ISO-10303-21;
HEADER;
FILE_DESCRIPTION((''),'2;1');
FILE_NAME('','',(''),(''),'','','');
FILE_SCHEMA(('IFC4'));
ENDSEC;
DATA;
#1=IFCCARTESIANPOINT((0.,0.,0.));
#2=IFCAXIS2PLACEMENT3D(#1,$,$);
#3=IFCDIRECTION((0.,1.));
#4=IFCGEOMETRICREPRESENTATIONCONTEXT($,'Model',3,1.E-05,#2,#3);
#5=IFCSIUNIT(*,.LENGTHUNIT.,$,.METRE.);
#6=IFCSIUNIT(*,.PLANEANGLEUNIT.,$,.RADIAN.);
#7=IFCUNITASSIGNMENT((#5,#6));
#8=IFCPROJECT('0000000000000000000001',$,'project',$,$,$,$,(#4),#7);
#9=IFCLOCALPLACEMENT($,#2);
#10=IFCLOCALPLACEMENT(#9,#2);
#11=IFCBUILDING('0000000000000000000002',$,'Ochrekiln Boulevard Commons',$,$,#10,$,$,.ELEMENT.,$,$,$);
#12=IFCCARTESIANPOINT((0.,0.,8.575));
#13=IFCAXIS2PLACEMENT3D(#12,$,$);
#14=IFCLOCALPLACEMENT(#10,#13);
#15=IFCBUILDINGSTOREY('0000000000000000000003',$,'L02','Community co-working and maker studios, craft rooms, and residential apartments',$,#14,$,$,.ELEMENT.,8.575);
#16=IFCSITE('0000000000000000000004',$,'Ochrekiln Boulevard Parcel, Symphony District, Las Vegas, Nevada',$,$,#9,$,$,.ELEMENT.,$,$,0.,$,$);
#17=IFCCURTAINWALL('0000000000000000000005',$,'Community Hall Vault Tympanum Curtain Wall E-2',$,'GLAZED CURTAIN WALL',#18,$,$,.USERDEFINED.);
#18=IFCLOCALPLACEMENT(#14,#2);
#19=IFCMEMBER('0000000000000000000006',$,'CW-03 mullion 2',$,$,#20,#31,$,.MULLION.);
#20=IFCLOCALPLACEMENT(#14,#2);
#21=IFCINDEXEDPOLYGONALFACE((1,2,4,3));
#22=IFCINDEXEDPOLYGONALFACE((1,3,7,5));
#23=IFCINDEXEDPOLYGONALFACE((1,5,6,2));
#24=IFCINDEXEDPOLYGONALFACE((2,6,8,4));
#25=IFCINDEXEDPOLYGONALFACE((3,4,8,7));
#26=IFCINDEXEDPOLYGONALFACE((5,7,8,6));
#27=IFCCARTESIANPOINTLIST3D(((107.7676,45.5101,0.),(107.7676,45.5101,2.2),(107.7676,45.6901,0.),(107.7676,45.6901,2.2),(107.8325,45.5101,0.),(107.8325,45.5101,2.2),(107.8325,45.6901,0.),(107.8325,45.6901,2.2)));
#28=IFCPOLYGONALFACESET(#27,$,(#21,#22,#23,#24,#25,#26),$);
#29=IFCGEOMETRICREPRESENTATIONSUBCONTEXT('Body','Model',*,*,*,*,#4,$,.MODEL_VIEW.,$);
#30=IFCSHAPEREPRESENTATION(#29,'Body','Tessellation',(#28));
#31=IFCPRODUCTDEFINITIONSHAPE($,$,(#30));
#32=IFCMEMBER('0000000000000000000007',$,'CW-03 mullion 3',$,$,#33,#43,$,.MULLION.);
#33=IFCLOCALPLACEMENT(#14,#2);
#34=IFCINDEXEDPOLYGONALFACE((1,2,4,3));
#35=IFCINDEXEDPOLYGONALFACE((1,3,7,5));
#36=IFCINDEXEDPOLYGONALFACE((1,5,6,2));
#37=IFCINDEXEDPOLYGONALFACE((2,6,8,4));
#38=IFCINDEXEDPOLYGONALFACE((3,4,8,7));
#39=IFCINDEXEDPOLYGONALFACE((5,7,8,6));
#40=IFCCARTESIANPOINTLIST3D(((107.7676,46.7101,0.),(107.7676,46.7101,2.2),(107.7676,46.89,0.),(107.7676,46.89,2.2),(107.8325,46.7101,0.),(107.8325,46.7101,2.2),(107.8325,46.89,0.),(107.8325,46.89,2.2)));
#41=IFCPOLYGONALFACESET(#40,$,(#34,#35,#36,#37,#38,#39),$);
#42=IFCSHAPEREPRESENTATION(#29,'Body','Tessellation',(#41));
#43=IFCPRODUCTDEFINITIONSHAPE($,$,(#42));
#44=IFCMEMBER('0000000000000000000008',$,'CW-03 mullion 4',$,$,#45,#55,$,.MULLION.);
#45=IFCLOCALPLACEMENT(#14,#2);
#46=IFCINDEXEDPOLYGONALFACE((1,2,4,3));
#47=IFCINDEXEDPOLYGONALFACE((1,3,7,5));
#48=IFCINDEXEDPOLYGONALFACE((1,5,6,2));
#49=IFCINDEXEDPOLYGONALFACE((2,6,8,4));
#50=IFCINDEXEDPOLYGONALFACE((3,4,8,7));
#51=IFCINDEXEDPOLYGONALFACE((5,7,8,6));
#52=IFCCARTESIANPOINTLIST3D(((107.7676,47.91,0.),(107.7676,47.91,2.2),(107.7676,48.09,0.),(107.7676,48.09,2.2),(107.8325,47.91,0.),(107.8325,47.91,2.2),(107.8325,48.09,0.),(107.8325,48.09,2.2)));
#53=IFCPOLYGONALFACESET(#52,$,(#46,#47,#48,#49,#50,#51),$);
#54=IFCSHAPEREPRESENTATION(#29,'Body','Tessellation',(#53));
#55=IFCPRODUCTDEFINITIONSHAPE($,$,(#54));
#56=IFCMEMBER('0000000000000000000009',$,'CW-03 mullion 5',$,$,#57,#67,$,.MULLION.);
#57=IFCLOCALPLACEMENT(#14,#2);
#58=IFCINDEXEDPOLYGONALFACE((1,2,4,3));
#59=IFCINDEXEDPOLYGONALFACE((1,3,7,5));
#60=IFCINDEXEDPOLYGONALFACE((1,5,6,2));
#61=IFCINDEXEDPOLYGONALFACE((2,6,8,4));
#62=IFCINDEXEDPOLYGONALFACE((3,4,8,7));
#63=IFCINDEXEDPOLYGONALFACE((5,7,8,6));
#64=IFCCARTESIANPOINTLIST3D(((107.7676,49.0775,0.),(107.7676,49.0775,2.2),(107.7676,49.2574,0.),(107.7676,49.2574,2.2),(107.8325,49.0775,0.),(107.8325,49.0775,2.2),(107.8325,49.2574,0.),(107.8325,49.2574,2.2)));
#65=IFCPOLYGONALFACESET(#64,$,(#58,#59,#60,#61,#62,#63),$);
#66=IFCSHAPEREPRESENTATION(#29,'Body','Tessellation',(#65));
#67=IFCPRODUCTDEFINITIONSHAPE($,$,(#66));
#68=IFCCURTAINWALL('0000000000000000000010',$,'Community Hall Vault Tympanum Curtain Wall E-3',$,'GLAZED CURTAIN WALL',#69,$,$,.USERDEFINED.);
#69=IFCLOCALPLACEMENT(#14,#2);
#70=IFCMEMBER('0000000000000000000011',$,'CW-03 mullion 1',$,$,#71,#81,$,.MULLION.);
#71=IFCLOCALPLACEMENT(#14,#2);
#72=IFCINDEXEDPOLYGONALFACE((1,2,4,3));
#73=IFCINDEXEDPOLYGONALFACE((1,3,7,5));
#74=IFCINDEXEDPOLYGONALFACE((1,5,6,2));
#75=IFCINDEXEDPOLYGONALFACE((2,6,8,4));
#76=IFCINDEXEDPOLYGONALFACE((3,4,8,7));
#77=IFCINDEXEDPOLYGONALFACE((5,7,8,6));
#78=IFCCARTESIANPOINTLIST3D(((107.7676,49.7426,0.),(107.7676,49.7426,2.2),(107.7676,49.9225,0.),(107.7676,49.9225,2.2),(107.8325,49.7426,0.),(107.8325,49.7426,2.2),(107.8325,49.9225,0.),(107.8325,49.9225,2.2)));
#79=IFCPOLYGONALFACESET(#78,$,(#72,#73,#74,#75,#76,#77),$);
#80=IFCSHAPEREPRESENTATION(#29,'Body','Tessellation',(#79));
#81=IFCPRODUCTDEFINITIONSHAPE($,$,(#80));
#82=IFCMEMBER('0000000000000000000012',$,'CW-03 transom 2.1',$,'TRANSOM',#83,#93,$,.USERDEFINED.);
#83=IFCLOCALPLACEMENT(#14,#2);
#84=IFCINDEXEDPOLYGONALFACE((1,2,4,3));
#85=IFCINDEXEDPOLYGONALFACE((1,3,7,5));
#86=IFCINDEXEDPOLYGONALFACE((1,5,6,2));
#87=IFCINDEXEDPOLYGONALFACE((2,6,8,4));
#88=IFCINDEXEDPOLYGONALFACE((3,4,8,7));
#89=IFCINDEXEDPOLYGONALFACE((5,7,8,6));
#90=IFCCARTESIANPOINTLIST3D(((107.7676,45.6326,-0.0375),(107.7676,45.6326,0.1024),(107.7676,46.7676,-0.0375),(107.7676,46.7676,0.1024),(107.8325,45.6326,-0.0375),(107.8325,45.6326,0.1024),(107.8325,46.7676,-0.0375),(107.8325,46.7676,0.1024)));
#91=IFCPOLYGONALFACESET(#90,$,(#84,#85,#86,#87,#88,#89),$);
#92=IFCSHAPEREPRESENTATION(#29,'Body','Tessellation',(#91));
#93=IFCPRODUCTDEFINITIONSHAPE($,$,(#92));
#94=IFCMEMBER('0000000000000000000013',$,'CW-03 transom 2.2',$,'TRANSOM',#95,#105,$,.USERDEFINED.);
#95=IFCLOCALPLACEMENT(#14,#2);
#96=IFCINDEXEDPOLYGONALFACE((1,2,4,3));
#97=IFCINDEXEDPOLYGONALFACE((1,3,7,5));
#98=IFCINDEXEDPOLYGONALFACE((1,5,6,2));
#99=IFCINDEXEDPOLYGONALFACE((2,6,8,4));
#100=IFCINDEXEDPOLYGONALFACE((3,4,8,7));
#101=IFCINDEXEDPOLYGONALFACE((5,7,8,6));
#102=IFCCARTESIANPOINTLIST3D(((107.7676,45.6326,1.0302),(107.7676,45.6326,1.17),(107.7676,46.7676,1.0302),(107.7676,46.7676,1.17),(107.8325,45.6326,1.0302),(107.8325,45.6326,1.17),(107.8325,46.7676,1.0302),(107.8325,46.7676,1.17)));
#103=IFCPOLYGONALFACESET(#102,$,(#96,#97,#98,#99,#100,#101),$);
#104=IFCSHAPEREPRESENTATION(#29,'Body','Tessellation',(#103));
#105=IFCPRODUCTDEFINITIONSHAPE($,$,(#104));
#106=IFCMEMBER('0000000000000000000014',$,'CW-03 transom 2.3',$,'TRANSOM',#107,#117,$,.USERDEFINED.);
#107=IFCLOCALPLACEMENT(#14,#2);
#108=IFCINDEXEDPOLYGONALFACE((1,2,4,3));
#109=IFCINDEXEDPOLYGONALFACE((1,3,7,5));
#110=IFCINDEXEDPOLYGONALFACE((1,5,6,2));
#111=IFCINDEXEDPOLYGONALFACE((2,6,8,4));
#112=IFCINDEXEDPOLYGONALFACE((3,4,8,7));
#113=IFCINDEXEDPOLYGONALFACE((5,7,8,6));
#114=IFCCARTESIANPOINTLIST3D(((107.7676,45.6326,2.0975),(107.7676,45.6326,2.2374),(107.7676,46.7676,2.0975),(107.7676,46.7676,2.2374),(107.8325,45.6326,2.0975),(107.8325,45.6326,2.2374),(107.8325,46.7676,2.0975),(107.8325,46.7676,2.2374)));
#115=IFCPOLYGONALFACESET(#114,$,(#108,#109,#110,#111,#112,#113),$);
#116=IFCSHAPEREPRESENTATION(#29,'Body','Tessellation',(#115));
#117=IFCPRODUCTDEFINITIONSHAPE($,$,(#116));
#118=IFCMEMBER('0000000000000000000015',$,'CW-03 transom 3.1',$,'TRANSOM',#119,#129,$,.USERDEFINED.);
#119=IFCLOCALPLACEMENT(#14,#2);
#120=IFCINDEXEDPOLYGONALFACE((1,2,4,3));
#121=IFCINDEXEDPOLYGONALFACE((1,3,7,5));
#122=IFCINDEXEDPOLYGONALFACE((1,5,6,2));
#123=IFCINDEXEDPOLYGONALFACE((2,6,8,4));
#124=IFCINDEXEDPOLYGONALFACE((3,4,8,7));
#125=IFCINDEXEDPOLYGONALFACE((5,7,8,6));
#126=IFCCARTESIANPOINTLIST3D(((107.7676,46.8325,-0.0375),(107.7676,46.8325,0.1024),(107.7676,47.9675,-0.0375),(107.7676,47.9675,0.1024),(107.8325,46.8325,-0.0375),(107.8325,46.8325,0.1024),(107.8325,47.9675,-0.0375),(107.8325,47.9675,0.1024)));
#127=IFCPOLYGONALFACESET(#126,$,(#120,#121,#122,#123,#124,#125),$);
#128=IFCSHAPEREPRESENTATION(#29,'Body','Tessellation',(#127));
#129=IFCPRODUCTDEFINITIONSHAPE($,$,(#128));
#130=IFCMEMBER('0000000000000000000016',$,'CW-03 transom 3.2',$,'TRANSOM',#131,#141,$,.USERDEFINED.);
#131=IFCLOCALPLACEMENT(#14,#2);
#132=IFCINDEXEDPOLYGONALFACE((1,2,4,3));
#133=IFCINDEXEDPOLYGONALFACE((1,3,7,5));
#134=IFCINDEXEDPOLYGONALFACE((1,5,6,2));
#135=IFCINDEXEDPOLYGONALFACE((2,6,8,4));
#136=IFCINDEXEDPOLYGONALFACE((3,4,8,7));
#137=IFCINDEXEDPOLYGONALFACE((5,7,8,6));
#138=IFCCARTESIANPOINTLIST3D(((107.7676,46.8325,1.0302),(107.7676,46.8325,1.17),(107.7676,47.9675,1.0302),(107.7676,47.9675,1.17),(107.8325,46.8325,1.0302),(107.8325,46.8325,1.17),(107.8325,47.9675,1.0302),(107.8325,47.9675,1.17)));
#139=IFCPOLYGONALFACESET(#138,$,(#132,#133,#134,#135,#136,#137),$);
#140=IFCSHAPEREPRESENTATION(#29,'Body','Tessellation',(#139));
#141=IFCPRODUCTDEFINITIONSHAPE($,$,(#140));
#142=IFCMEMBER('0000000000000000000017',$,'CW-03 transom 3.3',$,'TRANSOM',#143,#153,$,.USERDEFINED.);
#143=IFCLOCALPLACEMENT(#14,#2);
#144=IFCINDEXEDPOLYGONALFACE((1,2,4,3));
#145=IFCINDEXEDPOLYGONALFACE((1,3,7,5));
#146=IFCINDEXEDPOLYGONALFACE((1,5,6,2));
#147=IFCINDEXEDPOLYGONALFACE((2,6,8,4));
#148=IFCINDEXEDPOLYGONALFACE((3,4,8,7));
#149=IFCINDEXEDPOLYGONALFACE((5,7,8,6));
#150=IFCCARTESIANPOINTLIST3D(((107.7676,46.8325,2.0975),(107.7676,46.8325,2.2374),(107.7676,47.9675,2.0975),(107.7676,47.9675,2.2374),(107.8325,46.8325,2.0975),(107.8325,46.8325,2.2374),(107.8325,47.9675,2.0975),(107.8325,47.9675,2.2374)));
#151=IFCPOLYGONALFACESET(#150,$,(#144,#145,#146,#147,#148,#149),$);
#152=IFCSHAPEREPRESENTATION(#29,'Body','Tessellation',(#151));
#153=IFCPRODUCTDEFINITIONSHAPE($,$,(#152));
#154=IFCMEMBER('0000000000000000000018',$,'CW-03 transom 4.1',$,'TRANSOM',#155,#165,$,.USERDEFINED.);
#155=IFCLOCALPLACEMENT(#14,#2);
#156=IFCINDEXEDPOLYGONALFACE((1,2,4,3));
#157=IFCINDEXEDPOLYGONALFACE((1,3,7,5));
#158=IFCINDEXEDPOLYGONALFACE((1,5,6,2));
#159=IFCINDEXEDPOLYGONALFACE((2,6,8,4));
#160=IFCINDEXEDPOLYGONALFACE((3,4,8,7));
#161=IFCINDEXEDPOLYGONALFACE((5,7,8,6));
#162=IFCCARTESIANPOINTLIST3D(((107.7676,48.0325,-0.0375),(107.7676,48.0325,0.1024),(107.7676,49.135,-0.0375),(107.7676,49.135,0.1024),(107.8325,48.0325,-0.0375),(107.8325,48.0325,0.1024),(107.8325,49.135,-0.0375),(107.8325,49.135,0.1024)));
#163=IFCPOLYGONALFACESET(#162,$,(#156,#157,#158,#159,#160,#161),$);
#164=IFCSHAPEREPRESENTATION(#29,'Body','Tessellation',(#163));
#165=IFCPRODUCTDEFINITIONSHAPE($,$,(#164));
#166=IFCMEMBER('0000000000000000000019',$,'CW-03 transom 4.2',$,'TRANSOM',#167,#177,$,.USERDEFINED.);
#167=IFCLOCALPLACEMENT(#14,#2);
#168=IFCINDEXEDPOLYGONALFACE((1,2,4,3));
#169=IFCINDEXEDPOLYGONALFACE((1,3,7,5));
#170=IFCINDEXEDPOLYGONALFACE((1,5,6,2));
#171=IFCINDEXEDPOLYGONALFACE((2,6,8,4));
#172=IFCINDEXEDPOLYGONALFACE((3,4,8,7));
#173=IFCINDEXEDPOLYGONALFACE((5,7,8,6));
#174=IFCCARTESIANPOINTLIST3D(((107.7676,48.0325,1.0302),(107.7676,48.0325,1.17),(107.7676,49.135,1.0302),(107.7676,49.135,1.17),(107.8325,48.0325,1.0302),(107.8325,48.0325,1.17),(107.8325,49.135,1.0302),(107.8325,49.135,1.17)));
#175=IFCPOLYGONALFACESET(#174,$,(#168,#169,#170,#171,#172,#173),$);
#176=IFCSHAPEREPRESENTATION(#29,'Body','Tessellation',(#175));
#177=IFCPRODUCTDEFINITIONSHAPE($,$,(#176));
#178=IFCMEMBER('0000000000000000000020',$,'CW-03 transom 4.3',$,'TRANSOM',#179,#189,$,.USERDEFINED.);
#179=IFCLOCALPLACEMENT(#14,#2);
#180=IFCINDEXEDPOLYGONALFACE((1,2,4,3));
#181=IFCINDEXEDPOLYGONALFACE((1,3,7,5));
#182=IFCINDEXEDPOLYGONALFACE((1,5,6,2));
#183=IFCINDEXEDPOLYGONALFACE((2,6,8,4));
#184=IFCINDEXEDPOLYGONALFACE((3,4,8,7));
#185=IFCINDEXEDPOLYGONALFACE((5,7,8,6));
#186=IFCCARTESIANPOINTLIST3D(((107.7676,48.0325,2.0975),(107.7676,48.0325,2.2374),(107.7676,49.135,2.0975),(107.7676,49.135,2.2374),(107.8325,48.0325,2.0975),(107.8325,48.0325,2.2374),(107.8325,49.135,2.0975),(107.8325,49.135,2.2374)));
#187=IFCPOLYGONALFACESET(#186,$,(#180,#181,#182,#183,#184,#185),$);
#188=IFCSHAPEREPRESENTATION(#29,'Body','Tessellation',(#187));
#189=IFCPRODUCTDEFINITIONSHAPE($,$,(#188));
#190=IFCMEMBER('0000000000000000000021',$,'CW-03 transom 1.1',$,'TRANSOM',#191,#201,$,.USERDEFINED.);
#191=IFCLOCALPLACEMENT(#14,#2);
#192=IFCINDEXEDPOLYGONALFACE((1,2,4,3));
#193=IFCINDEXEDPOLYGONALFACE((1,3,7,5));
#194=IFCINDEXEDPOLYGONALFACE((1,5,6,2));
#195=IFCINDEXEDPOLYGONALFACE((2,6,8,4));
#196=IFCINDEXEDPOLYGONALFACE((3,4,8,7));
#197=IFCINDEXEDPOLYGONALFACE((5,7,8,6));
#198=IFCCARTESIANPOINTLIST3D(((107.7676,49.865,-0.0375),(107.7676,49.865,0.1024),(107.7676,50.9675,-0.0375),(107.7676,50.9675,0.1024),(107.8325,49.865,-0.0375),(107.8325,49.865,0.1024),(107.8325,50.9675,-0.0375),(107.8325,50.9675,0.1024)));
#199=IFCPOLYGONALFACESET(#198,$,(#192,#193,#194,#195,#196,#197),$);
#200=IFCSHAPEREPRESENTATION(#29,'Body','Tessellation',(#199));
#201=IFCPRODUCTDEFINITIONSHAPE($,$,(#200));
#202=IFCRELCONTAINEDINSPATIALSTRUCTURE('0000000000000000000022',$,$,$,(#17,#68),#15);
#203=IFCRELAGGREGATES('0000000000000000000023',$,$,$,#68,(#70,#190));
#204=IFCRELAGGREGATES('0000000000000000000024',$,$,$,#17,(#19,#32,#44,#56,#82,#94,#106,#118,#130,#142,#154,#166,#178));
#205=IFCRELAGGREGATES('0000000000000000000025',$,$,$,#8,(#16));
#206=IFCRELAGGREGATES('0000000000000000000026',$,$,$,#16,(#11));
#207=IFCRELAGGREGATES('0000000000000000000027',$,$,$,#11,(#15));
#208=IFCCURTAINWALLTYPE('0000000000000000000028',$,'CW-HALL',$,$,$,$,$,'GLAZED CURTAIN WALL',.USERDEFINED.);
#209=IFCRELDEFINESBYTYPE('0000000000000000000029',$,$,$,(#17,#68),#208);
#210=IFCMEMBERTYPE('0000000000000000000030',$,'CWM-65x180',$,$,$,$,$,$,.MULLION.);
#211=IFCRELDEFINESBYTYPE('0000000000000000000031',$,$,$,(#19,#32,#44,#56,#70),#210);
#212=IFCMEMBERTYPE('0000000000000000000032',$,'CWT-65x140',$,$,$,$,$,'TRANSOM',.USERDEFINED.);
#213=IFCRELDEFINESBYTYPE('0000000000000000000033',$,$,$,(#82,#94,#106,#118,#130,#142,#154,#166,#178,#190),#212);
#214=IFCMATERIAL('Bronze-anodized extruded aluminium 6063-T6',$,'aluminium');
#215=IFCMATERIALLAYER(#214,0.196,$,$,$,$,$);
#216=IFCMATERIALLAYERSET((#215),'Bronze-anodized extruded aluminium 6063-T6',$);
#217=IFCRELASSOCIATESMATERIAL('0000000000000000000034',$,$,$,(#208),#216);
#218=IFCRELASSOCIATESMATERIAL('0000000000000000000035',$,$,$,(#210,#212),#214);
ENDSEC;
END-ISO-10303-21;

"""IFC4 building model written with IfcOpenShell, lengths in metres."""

from ifc_helpers import new_model, si_unit, direction, frame, origin, origin_2d, place, context, subcontext, project, spatial, rectangle, extrude, material, layer, layer_set, material_profile, profile_set, type_object, element, aggregate, save


model = new_model("IFC4")

# Units and contexts
model_context = context("Model", 3, precision=1e-05, world=origin(), true_north=direction((0.0, 1.0)))
body_context = subcontext(model_context, "Body", "Model", "MODEL_VIEW")
ifc_project = project(units=[si_unit("LENGTHUNIT", "METRE"), si_unit("PLANEANGLEUNIT", "RADIAN")], contexts=[model_context])

# Site, building, storey
site_placement = place(None, origin())
site = spatial("IfcSite", under=ifc_project, at=site_placement, Name="Ochrekiln Boulevard Parcel, Symphony District, Las Vegas, Nevada", CompositionType="ELEMENT", RefElevation=0.0)
building_placement = place(site_placement, origin())
building = spatial("IfcBuilding", under=site, at=building_placement, Name="Ochrekiln Boulevard Commons", CompositionType="ELEMENT")
storey_placement = place(building_placement, frame((0.0, 0.0, 8.575)))
storey = spatial("IfcBuildingStorey", under=building, at=storey_placement, Name="L02", Description="Community co-working and maker studios, craft rooms, and residential apartments", CompositionType="ELEMENT", Elevation=8.575)

# Curtain wall, members
ifc_material_1 = material(Name="Bronze-anodized extruded aluminium 6063-T6", Category="aluminium")
ifc_layer_1 = layer(ifc_material_1, 0.196)
ifc_layer_set_1 = layer_set([ifc_layer_1], Name="Bronze-anodized extruded aluminium 6063-T6")
curtain_wall_type = type_object("IfcCurtainWallType", Name="CW-HALL", ElementType="GLAZED CURTAIN WALL", PredefinedType="USERDEFINED", material=ifc_layer_set_1)
curtain_wall_1_placement = place(storey_placement, origin())
curtain_wall_1 = element("IfcCurtainWall", 1, at=curtain_wall_1_placement, inside=storey, type_object=curtain_wall_type, Name="Community Hall Vault Tympanum Curtain Wall E-2", ObjectType="GLAZED CURTAIN WALL", PredefinedType="USERDEFINED")
ifc_material_profile_1 = material_profile(ifc_material_1, rectangle(XDim=0.0649, YDim=0.1799, at=origin_2d()), Name="ALU-MUL-65x180")
ifc_profile_set_1 = profile_set([ifc_material_profile_1], Name="Bronze-anodized extruded aluminium 6063-T6")
member_type_1 = type_object("IfcMemberType", Name="CWM-65x180", PredefinedType="MULLION", material=ifc_profile_set_1)
member_1_placement = place(storey_placement, frame((107.8, 45.6001, 0.0), z_axis=(0.0, 0.0, 1.0), x_axis=(-1.0, 0.0, 0.0)))
member_1 = element("IfcMember", 2, at=member_1_placement, type_object=member_type_1, Name="CW-03 mullion 2", PredefinedType="MULLION", context=body_context, shape_type="SweptSolid", body=[
    extrude(rectangle(XDim=0.0649, YDim=0.1799, at=origin_2d()), origin(), (0.0, 0.0, 1.0), 2.2),
])
member_2_placement = place(storey_placement, frame((107.8, 46.8, 0.0), z_axis=(0.0, 0.0, 1.0), x_axis=(-1.0, 0.0, 0.0)))
member_2 = element("IfcMember", 3, at=member_2_placement, type_object=member_type_1, Name="CW-03 mullion 3", PredefinedType="MULLION", context=body_context, shape_type="SweptSolid", body=[
    extrude(rectangle(XDim=0.0649, YDim=0.1799, at=origin_2d()), origin(), (0.0, 0.0, 1.0), 2.2),
])
member_3_placement = place(storey_placement, frame((107.8, 48.0, 0.0), z_axis=(0.0, 0.0, 1.0), x_axis=(-1.0, 0.0, 0.0)))
member_3 = element("IfcMember", 4, at=member_3_placement, type_object=member_type_1, Name="CW-03 mullion 4", PredefinedType="MULLION", context=body_context, shape_type="SweptSolid", body=[
    extrude(rectangle(XDim=0.0649, YDim=0.1799, at=origin_2d()), origin(), (0.0, 0.0, 1.0), 2.2),
])
member_4_placement = place(storey_placement, frame((107.8, 49.1675, 0.0), z_axis=(0.0, 0.0, 1.0), x_axis=(-1.0, 0.0, 0.0)))
member_4 = element("IfcMember", 5, at=member_4_placement, type_object=member_type_1, Name="CW-03 mullion 5", PredefinedType="MULLION", context=body_context, shape_type="SweptSolid", body=[
    extrude(rectangle(XDim=0.0649, YDim=0.1799, at=origin_2d()), origin(), (0.0, 0.0, 1.0), 2.2),
])

# Curtain wall, member
curtain_wall_2_placement = place(storey_placement, origin())
curtain_wall_2 = element("IfcCurtainWall", 6, at=curtain_wall_2_placement, inside=storey, type_object=curtain_wall_type, Name="Community Hall Vault Tympanum Curtain Wall E-3", ObjectType="GLAZED CURTAIN WALL", PredefinedType="USERDEFINED")
member_5_placement = place(storey_placement, frame((107.8, 49.8325, 0.0), z_axis=(0.0, 0.0, 1.0), x_axis=(-1.0, 0.0, 0.0)))
member_5 = element("IfcMember", 7, at=member_5_placement, type_object=member_type_1, Name="CW-03 mullion 1", PredefinedType="MULLION", context=body_context, shape_type="SweptSolid", body=[
    extrude(rectangle(XDim=0.0649, YDim=0.1799, at=origin_2d()), origin(), (0.0, 0.0, 1.0), 2.2),
])

# Members
ifc_material_profile_2 = material_profile(ifc_material_1, rectangle(XDim=0.0649, YDim=0.1399, at=origin_2d()), Name="ALU-TRN-65x140")
ifc_profile_set_2 = profile_set([ifc_material_profile_2], Name="Bronze-anodized extruded aluminium 6063-T6")
member_type_2 = type_object("IfcMemberType", Name="CWT-65x140", ElementType="TRANSOM", PredefinedType="USERDEFINED", material=ifc_profile_set_2)
member_6_placement = place(storey_placement, frame((107.8, 45.6326, 0.0325), z_axis=(0.0, 1.0, 0.0), x_axis=(-1.0, 0.0, 0.0)))
member_6 = element("IfcMember", 8, at=member_6_placement, type_object=member_type_2, Name="CW-03 transom 2.1", ObjectType="TRANSOM", PredefinedType="USERDEFINED", context=body_context, shape_type="SweptSolid", body=[
    extrude(rectangle(XDim=0.0649, YDim=0.1399, at=origin_2d()), origin(), (0.0, 0.0, 1.0), 1.135),
])
member_7_placement = place(storey_placement, frame((107.8, 45.6326, 1.1001), z_axis=(0.0, 1.0, 0.0), x_axis=(-1.0, 0.0, 0.0)))
member_7 = element("IfcMember", 9, at=member_7_placement, type_object=member_type_2, Name="CW-03 transom 2.2", ObjectType="TRANSOM", PredefinedType="USERDEFINED", context=body_context, shape_type="SweptSolid", body=[
    extrude(rectangle(XDim=0.0649, YDim=0.1399, at=origin_2d()), origin(), (0.0, 0.0, 1.0), 1.135),
])
member_8_placement = place(storey_placement, frame((107.8, 45.6326, 2.1675), z_axis=(0.0, 1.0, 0.0), x_axis=(-1.0, 0.0, 0.0)))
member_8 = element("IfcMember", 10, at=member_8_placement, type_object=member_type_2, Name="CW-03 transom 2.3", ObjectType="TRANSOM", PredefinedType="USERDEFINED", context=body_context, shape_type="SweptSolid", body=[
    extrude(rectangle(XDim=0.0649, YDim=0.1399, at=origin_2d()), origin(), (0.0, 0.0, 1.0), 1.135),
])
member_9_placement = place(storey_placement, frame((107.8, 46.8325, 0.0325), z_axis=(0.0, 1.0, 0.0), x_axis=(-1.0, 0.0, 0.0)))
member_9 = element("IfcMember", 11, at=member_9_placement, type_object=member_type_2, Name="CW-03 transom 3.1", ObjectType="TRANSOM", PredefinedType="USERDEFINED", context=body_context, shape_type="SweptSolid", body=[
    extrude(rectangle(XDim=0.0649, YDim=0.1399, at=origin_2d()), origin(), (0.0, 0.0, 1.0), 1.135),
])
member_10_placement = place(storey_placement, frame((107.8, 46.8325, 1.1001), z_axis=(0.0, 1.0, 0.0), x_axis=(-1.0, 0.0, 0.0)))
member_10 = element("IfcMember", 12, at=member_10_placement, type_object=member_type_2, Name="CW-03 transom 3.2", ObjectType="TRANSOM", PredefinedType="USERDEFINED", context=body_context, shape_type="SweptSolid", body=[
    extrude(rectangle(XDim=0.0649, YDim=0.1399, at=origin_2d()), origin(), (0.0, 0.0, 1.0), 1.135),
])
member_11_placement = place(storey_placement, frame((107.8, 46.8325, 2.1675), z_axis=(0.0, 1.0, 0.0), x_axis=(-1.0, 0.0, 0.0)))
member_11 = element("IfcMember", 13, at=member_11_placement, type_object=member_type_2, Name="CW-03 transom 3.3", ObjectType="TRANSOM", PredefinedType="USERDEFINED", context=body_context, shape_type="SweptSolid", body=[
    extrude(rectangle(XDim=0.0649, YDim=0.1399, at=origin_2d()), origin(), (0.0, 0.0, 1.0), 1.135),
])
member_12_placement = place(storey_placement, frame((107.8, 48.0325, 0.0325), z_axis=(0.0, 1.0, 0.0), x_axis=(-1.0, 0.0, 0.0)))
member_12 = element("IfcMember", 14, at=member_12_placement, type_object=member_type_2, Name="CW-03 transom 4.1", ObjectType="TRANSOM", PredefinedType="USERDEFINED", context=body_context, shape_type="SweptSolid", body=[
    extrude(rectangle(XDim=0.0649, YDim=0.1399, at=origin_2d()), origin(), (0.0, 0.0, 1.0), 1.1025),
])
member_13_placement = place(storey_placement, frame((107.8, 48.0325, 1.1001), z_axis=(0.0, 1.0, 0.0), x_axis=(-1.0, 0.0, 0.0)))
member_13 = element("IfcMember", 15, at=member_13_placement, type_object=member_type_2, Name="CW-03 transom 4.2", ObjectType="TRANSOM", PredefinedType="USERDEFINED", context=body_context, shape_type="SweptSolid", body=[
    extrude(rectangle(XDim=0.0649, YDim=0.1399, at=origin_2d()), origin(), (0.0, 0.0, 1.0), 1.1025),
])
member_14_placement = place(storey_placement, frame((107.8, 48.0325, 2.1675), z_axis=(0.0, 1.0, 0.0), x_axis=(-1.0, 0.0, 0.0)))
member_14 = element("IfcMember", 16, at=member_14_placement, type_object=member_type_2, Name="CW-03 transom 4.3", ObjectType="TRANSOM", PredefinedType="USERDEFINED", context=body_context, shape_type="SweptSolid", body=[
    extrude(rectangle(XDim=0.0649, YDim=0.1399, at=origin_2d()), origin(), (0.0, 0.0, 1.0), 1.1025),
])
member_15_placement = place(storey_placement, frame((107.8, 49.865, 0.0325), z_axis=(0.0, 1.0, 0.0), x_axis=(-1.0, 0.0, 0.0)))
member_15 = element("IfcMember", 17, at=member_15_placement, type_object=member_type_2, Name="CW-03 transom 1.1", ObjectType="TRANSOM", PredefinedType="USERDEFINED", context=body_context, shape_type="SweptSolid", body=[
    extrude(rectangle(XDim=0.0649, YDim=0.1399, at=origin_2d()), origin(), (0.0, 0.0, 1.0), 1.1025),
])
aggregate(curtain_wall_2, [member_5, member_15])

aggregate(curtain_wall_1, [member_1, member_2, member_3, member_4, member_6, member_7, member_8, member_9, member_10, member_11, member_12, member_13, member_14])

save(model, "model.ifc")
